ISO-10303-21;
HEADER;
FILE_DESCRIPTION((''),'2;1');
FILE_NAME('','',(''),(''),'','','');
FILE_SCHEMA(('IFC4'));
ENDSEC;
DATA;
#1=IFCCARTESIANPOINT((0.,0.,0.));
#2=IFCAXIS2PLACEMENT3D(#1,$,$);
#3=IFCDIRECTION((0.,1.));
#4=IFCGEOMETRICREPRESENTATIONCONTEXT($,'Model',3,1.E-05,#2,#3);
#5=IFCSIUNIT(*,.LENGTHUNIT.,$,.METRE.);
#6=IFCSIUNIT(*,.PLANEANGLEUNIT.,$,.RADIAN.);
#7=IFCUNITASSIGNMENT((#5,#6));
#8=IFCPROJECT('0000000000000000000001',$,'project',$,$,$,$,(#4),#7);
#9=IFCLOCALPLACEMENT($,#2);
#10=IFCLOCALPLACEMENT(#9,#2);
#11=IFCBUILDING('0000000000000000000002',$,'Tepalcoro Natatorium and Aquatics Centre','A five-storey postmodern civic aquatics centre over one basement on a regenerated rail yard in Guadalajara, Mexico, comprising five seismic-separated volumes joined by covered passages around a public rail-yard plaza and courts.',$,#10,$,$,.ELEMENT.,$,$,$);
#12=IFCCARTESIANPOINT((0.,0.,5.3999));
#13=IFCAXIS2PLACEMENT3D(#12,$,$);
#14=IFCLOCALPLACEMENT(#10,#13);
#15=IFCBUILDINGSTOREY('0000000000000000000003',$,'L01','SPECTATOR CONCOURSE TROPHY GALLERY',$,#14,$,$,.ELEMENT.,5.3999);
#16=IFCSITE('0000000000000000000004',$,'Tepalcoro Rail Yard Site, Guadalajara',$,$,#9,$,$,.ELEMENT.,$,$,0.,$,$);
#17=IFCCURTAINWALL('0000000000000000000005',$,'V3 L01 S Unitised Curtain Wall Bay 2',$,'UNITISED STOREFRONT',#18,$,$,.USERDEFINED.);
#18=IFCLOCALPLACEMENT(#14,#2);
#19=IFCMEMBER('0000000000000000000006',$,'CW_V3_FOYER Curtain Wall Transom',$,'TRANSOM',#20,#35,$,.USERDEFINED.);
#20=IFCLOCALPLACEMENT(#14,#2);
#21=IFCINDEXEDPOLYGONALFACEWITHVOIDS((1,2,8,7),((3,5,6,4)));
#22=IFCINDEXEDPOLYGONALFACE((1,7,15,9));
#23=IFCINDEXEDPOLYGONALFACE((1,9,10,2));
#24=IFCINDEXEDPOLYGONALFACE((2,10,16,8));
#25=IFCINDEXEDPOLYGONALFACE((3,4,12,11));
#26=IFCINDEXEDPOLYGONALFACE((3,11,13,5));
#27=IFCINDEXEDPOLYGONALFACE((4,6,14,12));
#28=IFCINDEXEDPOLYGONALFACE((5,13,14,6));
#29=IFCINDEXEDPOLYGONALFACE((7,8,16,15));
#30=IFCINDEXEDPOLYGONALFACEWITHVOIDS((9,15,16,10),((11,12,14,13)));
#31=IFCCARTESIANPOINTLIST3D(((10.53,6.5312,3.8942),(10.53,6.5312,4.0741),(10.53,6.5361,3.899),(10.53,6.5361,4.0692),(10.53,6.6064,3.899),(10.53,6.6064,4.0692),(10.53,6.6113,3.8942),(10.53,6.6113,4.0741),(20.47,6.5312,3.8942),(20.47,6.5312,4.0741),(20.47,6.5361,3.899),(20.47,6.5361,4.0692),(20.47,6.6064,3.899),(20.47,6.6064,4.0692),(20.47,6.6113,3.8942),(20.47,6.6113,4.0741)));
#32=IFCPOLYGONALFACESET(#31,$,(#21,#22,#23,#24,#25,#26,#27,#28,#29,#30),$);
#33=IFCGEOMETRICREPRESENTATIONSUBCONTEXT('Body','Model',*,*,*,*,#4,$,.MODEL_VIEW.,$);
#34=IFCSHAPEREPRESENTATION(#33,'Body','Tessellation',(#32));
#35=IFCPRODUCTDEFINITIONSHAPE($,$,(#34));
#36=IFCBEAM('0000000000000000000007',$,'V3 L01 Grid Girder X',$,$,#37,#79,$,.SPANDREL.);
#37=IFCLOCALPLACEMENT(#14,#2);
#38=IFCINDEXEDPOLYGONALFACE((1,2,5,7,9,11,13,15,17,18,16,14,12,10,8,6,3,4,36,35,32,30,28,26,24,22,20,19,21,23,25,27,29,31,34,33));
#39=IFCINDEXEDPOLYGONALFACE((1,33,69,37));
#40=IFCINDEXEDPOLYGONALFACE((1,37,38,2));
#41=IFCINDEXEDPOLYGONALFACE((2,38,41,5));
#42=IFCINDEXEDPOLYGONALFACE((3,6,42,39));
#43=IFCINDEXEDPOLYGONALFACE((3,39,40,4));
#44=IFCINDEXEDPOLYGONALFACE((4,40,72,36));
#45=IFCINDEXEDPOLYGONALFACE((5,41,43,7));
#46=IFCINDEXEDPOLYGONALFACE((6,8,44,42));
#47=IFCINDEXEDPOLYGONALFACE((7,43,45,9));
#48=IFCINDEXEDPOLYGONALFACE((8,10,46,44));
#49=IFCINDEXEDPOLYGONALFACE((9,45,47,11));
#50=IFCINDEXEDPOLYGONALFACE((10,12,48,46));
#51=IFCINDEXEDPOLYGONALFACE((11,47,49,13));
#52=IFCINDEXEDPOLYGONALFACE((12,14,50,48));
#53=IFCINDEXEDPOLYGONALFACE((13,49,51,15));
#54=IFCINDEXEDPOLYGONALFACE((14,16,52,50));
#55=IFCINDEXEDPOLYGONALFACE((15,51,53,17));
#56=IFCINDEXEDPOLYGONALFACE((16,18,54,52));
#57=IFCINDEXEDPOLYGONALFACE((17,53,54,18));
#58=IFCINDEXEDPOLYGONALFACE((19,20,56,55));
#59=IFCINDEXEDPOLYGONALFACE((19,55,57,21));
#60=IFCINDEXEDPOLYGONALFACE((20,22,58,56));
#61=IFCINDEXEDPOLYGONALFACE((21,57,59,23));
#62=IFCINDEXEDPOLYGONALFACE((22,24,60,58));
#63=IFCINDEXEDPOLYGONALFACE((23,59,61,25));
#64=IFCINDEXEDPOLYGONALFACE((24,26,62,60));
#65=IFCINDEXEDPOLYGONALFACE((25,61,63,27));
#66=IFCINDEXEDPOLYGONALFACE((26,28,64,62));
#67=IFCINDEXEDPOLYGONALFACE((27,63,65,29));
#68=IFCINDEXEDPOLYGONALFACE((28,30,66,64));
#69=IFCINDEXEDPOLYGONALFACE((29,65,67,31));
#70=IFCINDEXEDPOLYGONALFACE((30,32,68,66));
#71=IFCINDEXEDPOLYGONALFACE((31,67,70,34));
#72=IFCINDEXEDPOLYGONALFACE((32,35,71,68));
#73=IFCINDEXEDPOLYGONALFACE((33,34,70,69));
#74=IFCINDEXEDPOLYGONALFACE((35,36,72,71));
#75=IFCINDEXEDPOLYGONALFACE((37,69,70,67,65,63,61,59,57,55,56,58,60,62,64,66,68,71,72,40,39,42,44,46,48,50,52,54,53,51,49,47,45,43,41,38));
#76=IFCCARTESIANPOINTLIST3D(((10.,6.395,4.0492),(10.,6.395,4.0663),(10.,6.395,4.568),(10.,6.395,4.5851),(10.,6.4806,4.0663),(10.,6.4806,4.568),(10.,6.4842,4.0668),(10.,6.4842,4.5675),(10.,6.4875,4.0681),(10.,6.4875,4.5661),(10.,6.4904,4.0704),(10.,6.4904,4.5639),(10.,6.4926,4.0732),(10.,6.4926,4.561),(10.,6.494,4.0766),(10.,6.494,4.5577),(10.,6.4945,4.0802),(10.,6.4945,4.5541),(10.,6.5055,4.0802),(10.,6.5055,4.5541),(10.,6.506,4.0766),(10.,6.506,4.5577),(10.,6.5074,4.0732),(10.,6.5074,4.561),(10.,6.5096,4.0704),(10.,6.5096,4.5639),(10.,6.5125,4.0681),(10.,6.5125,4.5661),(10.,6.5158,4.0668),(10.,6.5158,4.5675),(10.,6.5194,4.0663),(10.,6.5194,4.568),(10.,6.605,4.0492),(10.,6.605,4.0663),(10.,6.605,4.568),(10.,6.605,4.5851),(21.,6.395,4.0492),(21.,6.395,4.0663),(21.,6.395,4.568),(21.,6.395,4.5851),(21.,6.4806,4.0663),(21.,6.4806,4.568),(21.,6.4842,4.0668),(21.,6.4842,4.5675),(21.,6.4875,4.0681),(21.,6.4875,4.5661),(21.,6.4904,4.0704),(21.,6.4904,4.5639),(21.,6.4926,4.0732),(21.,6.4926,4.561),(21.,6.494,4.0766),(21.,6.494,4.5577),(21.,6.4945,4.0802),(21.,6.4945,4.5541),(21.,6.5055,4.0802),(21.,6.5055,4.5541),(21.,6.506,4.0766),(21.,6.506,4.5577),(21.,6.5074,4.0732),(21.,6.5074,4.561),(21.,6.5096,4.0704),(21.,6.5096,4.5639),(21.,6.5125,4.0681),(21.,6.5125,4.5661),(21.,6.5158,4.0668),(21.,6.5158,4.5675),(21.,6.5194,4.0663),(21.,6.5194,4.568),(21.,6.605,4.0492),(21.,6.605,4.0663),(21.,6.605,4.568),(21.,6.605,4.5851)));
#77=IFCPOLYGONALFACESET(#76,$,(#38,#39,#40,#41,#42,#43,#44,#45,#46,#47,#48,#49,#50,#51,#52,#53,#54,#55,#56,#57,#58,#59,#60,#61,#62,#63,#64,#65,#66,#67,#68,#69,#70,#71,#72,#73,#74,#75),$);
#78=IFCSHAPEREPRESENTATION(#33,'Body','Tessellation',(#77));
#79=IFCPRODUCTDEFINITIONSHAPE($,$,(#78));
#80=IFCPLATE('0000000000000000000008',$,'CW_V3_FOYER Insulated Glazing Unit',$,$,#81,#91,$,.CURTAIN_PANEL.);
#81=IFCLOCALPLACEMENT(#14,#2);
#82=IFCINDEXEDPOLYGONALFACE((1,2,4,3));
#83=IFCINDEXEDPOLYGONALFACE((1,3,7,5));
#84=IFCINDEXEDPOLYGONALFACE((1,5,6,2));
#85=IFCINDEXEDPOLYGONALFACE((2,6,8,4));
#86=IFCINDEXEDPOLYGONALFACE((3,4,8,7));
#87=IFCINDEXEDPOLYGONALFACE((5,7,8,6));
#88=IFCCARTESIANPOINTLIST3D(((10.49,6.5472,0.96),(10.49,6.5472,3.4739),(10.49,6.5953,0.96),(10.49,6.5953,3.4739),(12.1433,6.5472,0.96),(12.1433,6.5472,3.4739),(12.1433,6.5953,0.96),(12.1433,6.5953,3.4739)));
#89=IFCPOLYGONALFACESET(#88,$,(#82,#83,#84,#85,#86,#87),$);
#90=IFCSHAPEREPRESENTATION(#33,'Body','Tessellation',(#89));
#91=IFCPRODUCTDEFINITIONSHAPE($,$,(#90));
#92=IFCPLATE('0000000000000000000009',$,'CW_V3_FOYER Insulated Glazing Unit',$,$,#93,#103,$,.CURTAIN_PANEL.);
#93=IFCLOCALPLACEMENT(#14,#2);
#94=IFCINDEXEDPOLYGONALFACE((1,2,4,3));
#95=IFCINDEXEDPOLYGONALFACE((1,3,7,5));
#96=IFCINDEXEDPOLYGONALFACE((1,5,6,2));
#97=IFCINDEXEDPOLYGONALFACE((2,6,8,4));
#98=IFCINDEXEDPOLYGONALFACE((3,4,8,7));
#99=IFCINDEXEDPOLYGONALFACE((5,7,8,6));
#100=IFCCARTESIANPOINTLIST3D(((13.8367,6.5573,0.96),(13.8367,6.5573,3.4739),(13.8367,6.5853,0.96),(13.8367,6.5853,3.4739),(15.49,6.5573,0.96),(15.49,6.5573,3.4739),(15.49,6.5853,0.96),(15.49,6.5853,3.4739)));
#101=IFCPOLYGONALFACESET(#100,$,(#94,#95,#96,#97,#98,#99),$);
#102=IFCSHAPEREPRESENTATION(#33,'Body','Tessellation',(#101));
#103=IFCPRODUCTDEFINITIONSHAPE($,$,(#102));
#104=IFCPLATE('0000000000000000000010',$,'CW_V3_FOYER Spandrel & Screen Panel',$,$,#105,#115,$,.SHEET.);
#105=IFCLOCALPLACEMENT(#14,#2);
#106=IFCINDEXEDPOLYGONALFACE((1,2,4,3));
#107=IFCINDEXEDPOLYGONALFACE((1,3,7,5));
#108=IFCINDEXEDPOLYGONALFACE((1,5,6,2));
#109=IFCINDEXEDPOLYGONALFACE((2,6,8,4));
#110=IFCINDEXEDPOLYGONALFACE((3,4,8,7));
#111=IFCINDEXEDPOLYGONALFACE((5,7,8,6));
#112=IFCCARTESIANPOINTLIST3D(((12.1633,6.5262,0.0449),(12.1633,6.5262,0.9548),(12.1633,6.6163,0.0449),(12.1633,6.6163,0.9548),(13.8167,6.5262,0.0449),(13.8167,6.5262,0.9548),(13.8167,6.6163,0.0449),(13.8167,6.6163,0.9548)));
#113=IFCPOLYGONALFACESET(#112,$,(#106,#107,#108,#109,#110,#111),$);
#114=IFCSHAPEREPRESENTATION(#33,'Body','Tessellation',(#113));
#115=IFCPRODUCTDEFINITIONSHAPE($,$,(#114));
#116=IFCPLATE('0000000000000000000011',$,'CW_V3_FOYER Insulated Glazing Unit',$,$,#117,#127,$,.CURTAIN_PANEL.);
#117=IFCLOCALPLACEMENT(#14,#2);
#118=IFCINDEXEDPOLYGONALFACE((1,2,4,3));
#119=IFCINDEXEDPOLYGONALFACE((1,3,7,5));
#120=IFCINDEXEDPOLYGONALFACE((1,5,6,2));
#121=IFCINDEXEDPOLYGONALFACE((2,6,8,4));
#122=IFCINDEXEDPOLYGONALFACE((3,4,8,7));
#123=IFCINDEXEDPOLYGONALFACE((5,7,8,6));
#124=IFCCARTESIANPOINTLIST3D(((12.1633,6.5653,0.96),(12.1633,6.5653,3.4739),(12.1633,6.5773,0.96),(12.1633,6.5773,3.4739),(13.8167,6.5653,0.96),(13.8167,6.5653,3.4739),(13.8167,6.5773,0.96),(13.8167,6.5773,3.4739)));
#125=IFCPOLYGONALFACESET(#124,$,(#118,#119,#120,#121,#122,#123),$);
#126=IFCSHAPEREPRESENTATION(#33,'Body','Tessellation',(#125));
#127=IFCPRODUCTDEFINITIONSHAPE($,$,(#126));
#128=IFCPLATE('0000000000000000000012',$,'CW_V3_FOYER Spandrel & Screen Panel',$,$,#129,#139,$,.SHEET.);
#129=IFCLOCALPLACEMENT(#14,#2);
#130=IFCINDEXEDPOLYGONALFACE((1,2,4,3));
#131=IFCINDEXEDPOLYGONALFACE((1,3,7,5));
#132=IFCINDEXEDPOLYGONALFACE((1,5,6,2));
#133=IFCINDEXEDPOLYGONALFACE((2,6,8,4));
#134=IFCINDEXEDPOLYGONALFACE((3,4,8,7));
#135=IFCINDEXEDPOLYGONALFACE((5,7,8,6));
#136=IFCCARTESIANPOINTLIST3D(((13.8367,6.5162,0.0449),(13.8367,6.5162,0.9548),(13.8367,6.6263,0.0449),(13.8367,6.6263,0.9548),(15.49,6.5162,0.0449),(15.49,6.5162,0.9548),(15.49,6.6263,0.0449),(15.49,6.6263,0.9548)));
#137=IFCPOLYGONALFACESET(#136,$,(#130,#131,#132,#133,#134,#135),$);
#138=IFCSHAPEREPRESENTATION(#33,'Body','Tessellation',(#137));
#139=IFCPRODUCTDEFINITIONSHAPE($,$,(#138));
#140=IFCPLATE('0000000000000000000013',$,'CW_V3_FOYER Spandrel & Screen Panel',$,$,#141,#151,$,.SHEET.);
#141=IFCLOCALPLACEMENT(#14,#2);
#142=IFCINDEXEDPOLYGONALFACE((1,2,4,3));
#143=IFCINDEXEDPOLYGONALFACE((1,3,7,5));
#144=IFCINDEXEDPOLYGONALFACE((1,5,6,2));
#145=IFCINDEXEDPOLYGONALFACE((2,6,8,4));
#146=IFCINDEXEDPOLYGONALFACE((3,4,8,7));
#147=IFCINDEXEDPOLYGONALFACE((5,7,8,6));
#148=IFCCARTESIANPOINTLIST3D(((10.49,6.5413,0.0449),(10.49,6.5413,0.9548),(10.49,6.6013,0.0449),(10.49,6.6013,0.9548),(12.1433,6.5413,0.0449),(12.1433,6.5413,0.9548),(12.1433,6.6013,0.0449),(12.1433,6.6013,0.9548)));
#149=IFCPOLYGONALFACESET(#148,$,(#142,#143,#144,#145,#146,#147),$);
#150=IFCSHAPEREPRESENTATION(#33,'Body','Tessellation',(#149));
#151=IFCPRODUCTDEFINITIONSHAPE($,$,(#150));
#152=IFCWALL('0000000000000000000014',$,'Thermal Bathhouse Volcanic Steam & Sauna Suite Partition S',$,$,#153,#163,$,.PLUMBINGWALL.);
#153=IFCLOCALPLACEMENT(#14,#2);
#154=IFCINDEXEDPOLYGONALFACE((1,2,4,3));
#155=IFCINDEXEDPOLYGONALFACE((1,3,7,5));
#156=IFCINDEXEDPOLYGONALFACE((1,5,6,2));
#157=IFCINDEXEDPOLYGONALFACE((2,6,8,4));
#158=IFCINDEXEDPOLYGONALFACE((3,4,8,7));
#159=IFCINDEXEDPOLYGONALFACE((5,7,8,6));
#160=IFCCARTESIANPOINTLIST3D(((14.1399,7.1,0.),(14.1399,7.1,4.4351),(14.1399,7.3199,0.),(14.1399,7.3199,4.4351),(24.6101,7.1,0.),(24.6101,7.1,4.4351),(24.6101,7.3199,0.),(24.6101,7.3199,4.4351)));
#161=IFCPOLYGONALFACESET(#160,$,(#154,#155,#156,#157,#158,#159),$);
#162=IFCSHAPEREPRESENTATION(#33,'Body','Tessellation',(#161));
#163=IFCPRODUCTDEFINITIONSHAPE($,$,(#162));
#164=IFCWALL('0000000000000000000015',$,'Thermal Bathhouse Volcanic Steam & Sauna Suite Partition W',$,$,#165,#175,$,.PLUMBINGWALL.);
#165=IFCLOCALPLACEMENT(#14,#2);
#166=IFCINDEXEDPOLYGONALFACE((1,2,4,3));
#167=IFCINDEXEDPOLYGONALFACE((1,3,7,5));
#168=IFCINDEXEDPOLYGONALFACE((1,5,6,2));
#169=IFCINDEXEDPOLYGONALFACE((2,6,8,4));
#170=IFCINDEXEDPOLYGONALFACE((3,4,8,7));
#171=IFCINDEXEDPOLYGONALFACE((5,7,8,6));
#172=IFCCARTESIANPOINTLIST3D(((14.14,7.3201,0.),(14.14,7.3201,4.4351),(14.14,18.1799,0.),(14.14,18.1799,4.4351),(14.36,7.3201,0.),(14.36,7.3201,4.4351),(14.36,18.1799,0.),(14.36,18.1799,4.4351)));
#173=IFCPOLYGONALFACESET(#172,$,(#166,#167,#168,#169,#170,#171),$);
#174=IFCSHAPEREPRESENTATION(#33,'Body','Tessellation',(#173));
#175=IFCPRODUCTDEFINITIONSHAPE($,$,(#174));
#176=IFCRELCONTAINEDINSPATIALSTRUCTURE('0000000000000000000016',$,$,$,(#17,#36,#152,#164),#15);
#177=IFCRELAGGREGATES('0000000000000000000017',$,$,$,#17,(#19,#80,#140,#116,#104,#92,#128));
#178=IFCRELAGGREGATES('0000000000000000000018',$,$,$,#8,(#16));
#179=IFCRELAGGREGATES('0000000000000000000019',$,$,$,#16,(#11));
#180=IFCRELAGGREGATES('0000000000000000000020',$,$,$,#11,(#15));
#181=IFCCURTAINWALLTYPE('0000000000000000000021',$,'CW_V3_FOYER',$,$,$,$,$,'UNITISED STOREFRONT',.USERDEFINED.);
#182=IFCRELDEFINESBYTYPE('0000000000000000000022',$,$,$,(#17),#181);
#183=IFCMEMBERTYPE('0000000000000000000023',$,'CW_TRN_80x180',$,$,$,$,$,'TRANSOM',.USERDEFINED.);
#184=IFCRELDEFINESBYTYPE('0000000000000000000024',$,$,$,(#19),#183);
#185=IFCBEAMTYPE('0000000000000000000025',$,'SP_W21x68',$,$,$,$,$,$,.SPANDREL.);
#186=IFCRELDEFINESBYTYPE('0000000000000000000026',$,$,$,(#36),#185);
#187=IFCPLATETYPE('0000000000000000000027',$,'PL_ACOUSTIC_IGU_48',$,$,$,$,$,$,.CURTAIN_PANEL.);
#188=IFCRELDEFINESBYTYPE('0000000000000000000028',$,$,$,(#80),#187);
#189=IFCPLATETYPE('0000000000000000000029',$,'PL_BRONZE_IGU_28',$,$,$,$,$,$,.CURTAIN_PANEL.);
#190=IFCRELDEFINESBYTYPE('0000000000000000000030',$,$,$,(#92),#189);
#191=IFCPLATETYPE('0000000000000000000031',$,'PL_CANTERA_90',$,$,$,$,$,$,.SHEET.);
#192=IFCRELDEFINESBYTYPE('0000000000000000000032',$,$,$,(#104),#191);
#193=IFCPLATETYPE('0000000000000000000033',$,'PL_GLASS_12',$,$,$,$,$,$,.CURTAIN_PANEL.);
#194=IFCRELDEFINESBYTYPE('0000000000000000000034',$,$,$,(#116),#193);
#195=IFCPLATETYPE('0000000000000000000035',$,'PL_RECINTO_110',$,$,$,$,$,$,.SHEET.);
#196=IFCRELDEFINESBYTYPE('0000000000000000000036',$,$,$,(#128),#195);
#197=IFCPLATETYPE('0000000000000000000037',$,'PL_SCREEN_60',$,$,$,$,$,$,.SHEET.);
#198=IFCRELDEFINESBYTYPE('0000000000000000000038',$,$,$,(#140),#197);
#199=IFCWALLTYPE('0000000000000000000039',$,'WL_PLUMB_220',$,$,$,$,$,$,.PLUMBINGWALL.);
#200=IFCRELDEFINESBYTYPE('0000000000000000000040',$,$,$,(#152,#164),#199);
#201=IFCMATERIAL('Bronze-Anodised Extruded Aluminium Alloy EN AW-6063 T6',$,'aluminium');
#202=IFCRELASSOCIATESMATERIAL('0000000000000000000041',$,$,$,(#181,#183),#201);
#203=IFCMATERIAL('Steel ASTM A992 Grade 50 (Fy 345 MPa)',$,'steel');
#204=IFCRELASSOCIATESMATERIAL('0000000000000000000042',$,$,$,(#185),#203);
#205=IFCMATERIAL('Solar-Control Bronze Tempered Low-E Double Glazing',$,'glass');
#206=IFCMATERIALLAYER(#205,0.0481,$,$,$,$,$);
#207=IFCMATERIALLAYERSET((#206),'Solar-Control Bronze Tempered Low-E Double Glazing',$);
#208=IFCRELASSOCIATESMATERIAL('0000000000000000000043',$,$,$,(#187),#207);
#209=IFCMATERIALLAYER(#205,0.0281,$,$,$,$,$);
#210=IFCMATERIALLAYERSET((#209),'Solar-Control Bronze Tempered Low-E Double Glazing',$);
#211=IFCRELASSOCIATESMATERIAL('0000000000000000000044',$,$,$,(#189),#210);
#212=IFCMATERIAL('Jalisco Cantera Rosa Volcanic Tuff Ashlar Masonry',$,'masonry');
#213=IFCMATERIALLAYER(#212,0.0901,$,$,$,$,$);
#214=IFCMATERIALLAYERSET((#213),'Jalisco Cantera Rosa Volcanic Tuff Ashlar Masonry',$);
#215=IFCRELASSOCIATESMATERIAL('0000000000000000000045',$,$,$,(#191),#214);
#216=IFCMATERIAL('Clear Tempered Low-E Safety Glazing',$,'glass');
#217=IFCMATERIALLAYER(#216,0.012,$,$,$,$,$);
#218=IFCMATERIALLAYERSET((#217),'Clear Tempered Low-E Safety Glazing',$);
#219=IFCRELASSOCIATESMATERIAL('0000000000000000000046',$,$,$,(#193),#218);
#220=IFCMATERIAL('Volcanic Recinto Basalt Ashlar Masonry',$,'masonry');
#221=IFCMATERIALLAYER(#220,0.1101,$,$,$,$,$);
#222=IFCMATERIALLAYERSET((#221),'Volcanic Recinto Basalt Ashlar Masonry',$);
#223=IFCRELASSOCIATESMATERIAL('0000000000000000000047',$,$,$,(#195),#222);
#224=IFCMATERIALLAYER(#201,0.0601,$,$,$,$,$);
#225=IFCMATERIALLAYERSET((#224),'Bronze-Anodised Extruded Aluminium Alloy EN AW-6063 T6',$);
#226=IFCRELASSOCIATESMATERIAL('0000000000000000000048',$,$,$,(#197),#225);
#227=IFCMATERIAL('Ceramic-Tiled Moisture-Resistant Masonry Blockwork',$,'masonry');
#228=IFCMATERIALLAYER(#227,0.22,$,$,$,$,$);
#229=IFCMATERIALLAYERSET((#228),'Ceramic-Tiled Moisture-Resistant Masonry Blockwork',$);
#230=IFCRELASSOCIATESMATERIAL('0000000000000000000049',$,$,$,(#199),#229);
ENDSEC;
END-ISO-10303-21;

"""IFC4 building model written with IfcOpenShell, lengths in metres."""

from ifc_helpers import new_model, si_unit, direction, frame, frame_2d, origin, origin_2d, place, context, subcontext, project, spatial, rectangle, hollow_rectangle, i_section, extrude, material, layer, layer_set, material_profile, profile_set, type_object, element, aggregate, save


model = new_model("IFC4")

# Units and contexts
model_context = context("Model", 3, precision=1e-05, world=origin(), true_north=direction((0.0, 1.0)))
body_context = subcontext(model_context, "Body", "Model", "MODEL_VIEW")
ifc_project = project(units=[si_unit("LENGTHUNIT", "METRE"), si_unit("PLANEANGLEUNIT", "RADIAN")], contexts=[model_context])

# Site, building, storey
site_placement = place(None, origin())
site = spatial("IfcSite", under=ifc_project, at=site_placement, Name="Tepalcoro Rail Yard Site, Guadalajara", CompositionType="ELEMENT", RefElevation=0.0)
building_placement = place(site_placement, origin())
building = spatial("IfcBuilding", under=site, at=building_placement, Name="Tepalcoro Natatorium and Aquatics Centre", Description="A five-storey postmodern civic aquatics centre over one basement on a regenerated rail yard in Guadalajara, Mexico, comprising five seismic-separated volumes joined by covered passages around a public rail-yard plaza and courts.", CompositionType="ELEMENT")
storey_placement = place(building_placement, frame((0.0, 0.0, 5.3999)))
storey = spatial("IfcBuildingStorey", under=building, at=storey_placement, Name="L01", Description="SPECTATOR CONCOURSE TROPHY GALLERY", CompositionType="ELEMENT", Elevation=5.3999)

# Shared definitions
ifc_material_1 = material(Name="Steel ASTM A992 Grade 50 (Fy 345 MPa)", Category="steel")

# Curtain wall, member
ifc_material_2 = material(Name="Bronze-Anodised Extruded Aluminium Alloy EN AW-6063 T6", Category="aluminium")
curtain_wall_type = type_object("IfcCurtainWallType", Name="CW_V3_FOYER", ElementType="UNITISED STOREFRONT", PredefinedType="USERDEFINED", material=ifc_material_2)
curtain_wall_placement = place(storey_placement, origin())
curtain_wall = element("IfcCurtainWall", 1, at=curtain_wall_placement, inside=storey, type_object=curtain_wall_type, Name="V3 L01 S Unitised Curtain Wall Bay 2", ObjectType="UNITISED STOREFRONT", PredefinedType="USERDEFINED")
ifc_material_profile_1 = material_profile(ifc_material_2, hollow_rectangle(XDim=0.0801, YDim=0.1799, WallThickness=0.0049, at=origin_2d()), Name="AL80X180X5")
ifc_profile_set_1 = profile_set([ifc_material_profile_1], Name="Bronze-Anodised Extruded Aluminium Alloy EN AW-6063 T6")
member_type_1 = type_object("IfcMemberType", Name="CW_TRN_80x180", ElementType="TRANSOM", PredefinedType="USERDEFINED", material=ifc_profile_set_1)
member_1_placement = place(storey_placement, frame((10.53, 6.5713, 3.9841), z_axis=(1.0, 0.0, 0.0), x_axis=(0.0, 1.0, 0.0)))
member_1 = element("IfcMember", 2, at=member_1_placement, type_object=member_type_1, Name="CW_V3_FOYER Curtain Wall Transom", ObjectType="TRANSOM", PredefinedType="USERDEFINED", context=body_context, shape_type="SweptSolid", body=[
    extrude(hollow_rectangle(XDim=0.0801, YDim=0.1799, WallThickness=0.0049, at=origin_2d()), origin(), (0.0, 0.0, 1.0), 9.9399),
])

# Beam
ifc_material_profile_2 = material_profile(ifc_material_1, i_section(OverallWidth=0.21, OverallDepth=0.5359, WebThickness=0.011, FlangeThickness=0.0171, FilletRadius=0.0139, at=origin_2d()), Name="W21X68")
ifc_profile_set_2 = profile_set([ifc_material_profile_2], Name="Steel ASTM A992 Grade 50 (Fy 345 MPa)")
beam_type = type_object("IfcBeamType", Name="SP_W21x68", PredefinedType="SPANDREL", material=ifc_profile_set_2)
beam_placement = place(storey_placement, frame((10.0, 6.5, 4.3171), z_axis=(1.0, 0.0, 0.0), x_axis=(0.0, 1.0, 0.0)))
element("IfcBeam", 3, at=beam_placement, inside=storey, type_object=beam_type, Name="V3 L01 Grid Girder X", PredefinedType="SPANDREL", context=body_context, shape_type="SweptSolid", body=[
    extrude(i_section(OverallWidth=0.21, OverallDepth=0.5359, WebThickness=0.011, FlangeThickness=0.0171, FilletRadius=0.0139, at=origin_2d()), origin(), (0.0, 0.0, 1.0), 11.0),
])

# Plates
ifc_material_3 = material(Name="Solar-Control Bronze Tempered Low-E Double Glazing", Category="glass")
ifc_layer_1 = layer(ifc_material_3, 0.0481)
ifc_layer_set_1 = layer_set([ifc_layer_1], Name="Solar-Control Bronze Tempered Low-E Double Glazing")
plate_type_1 = type_object("IfcPlateType", Name="PL_ACOUSTIC_IGU_48", PredefinedType="CURTAIN_PANEL", material=ifc_layer_set_1)
plate_1_placement = place(storey_placement, frame((11.3167, 6.5713, 0.96), z_axis=(0.0, 0.0, 1.0), x_axis=(1.0, 0.0, 0.0)))
plate_1 = element("IfcPlate", 4, at=plate_1_placement, type_object=plate_type_1, Name="CW_V3_FOYER Insulated Glazing Unit", PredefinedType="CURTAIN_PANEL", context=body_context, shape_type="SweptSolid", body=[
    extrude(rectangle(XDim=1.6533, YDim=0.0481, at=origin_2d()), origin(), (0.0, 0.0, 1.0), 2.5139),
])
ifc_layer_2 = layer(ifc_material_3, 0.0281)
ifc_layer_set_2 = layer_set([ifc_layer_2], Name="Solar-Control Bronze Tempered Low-E Double Glazing")
plate_type_2 = type_object("IfcPlateType", Name="PL_BRONZE_IGU_28", PredefinedType="CURTAIN_PANEL", material=ifc_layer_set_2)
plate_2_placement = place(storey_placement, frame((14.6633, 6.5713, 0.96), z_axis=(0.0, 0.0, 1.0), x_axis=(1.0, 0.0, 0.0)))
plate_2 = element("IfcPlate", 5, at=plate_2_placement, type_object=plate_type_2, Name="CW_V3_FOYER Insulated Glazing Unit", PredefinedType="CURTAIN_PANEL", context=body_context, shape_type="SweptSolid", body=[
    extrude(rectangle(XDim=1.6533, YDim=0.0281, at=origin_2d()), origin(), (0.0, 0.0, 1.0), 2.5139),
])
ifc_material_4 = material(Name="Jalisco Cantera Rosa Volcanic Tuff Ashlar Masonry", Category="masonry")
ifc_layer_3 = layer(ifc_material_4, 0.0901)
ifc_layer_set_3 = layer_set([ifc_layer_3], Name="Jalisco Cantera Rosa Volcanic Tuff Ashlar Masonry")
plate_type_3 = type_object("IfcPlateType", Name="PL_CANTERA_90", PredefinedType="SHEET", material=ifc_layer_set_3)
plate_3_placement = place(storey_placement, frame((12.99, 6.5713, 0.0449), z_axis=(0.0, 0.0, 1.0), x_axis=(1.0, 0.0, 0.0)))
plate_3 = element("IfcPlate", 6, at=plate_3_placement, type_object=plate_type_3, Name="CW_V3_FOYER Spandrel & Screen Panel", PredefinedType="SHEET", context=body_context, shape_type="SweptSolid", body=[
    extrude(rectangle(XDim=1.6533, YDim=0.0901, at=origin_2d()), origin(), (0.0, 0.0, 1.0), 0.9099),
])
ifc_material_5 = material(Name="Clear Tempered Low-E Safety Glazing", Category="glass")
ifc_layer_4 = layer(ifc_material_5, 0.012)
ifc_layer_set_4 = layer_set([ifc_layer_4], Name="Clear Tempered Low-E Safety Glazing")
plate_type_4 = type_object("IfcPlateType", Name="PL_GLASS_12", PredefinedType="CURTAIN_PANEL", material=ifc_layer_set_4)
plate_4_placement = place(storey_placement, frame((12.99, 6.5713, 0.96), z_axis=(0.0, 0.0, 1.0), x_axis=(1.0, 0.0, 0.0)))
plate_4 = element("IfcPlate", 7, at=plate_4_placement, type_object=plate_type_4, Name="CW_V3_FOYER Insulated Glazing Unit", PredefinedType="CURTAIN_PANEL", context=body_context, shape_type="SweptSolid", body=[
    extrude(rectangle(XDim=1.6533, YDim=0.012, at=origin_2d()), origin(), (0.0, 0.0, 1.0), 2.5139),
])
ifc_material_6 = material(Name="Volcanic Recinto Basalt Ashlar Masonry", Category="masonry")
ifc_layer_5 = layer(ifc_material_6, 0.1101)
ifc_layer_set_5 = layer_set([ifc_layer_5], Name="Volcanic Recinto Basalt Ashlar Masonry")
plate_type_5 = type_object("IfcPlateType", Name="PL_RECINTO_110", PredefinedType="SHEET", material=ifc_layer_set_5)
plate_5_placement = place(storey_placement, frame((14.6633, 6.5713, 0.0449), z_axis=(0.0, 0.0, 1.0), x_axis=(1.0, 0.0, 0.0)))
plate_5 = element("IfcPlate", 8, at=plate_5_placement, type_object=plate_type_5, Name="CW_V3_FOYER Spandrel & Screen Panel", PredefinedType="SHEET", context=body_context, shape_type="SweptSolid", body=[
    extrude(rectangle(XDim=1.6533, YDim=0.1101, at=origin_2d()), origin(), (0.0, 0.0, 1.0), 0.9099),
])
ifc_layer_6 = layer(ifc_material_2, 0.0601)
ifc_layer_set_6 = layer_set([ifc_layer_6], Name="Bronze-Anodised Extruded Aluminium Alloy EN AW-6063 T6")
plate_type_6 = type_object("IfcPlateType", Name="PL_SCREEN_60", PredefinedType="SHEET", material=ifc_layer_set_6)
plate_6_placement = place(storey_placement, frame((11.3167, 6.5713, 0.0449), z_axis=(0.0, 0.0, 1.0), x_axis=(1.0, 0.0, 0.0)))
plate_6 = element("IfcPlate", 9, at=plate_6_placement, type_object=plate_type_6, Name="CW_V3_FOYER Spandrel & Screen Panel", PredefinedType="SHEET", context=body_context, shape_type="SweptSolid", body=[
    extrude(rectangle(XDim=1.6533, YDim=0.0601, at=origin_2d()), origin(), (0.0, 0.0, 1.0), 0.9099),
])
aggregate(curtain_wall, [member_1, plate_1, plate_6, plate_4, plate_3, plate_2, plate_5])

# Walls
ifc_material_7 = material(Name="Ceramic-Tiled Moisture-Resistant Masonry Blockwork", Category="masonry")
ifc_layer_7 = layer(ifc_material_7, 0.22)
ifc_layer_set_7 = layer_set([ifc_layer_7], Name="Ceramic-Tiled Moisture-Resistant Masonry Blockwork")
wall_type_1 = type_object("IfcWallType", Name="WL_PLUMB_220", PredefinedType="PLUMBINGWALL", material=ifc_layer_set_7)
wall_1_placement = place(storey_placement, frame((14.1399, 7.21, 0.0), z_axis=(0.0, 0.0, 1.0), x_axis=(1.0, 0.0, 0.0)))
element("IfcWall", 10, at=wall_1_placement, inside=storey, type_object=wall_type_1, Name="Thermal Bathhouse Volcanic Steam & Sauna Suite Partition S", PredefinedType="PLUMBINGWALL", context=body_context, shape_type="SweptSolid", body=[
    extrude(rectangle(XDim=10.4702, YDim=0.22, at=frame_2d((5.2351, 0.0))), origin(), (0.0, 0.0, 1.0), 4.4351),
])
wall_2_placement = place(storey_placement, frame((14.25, 7.3201, 0.0), z_axis=(0.0, 0.0, 1.0), x_axis=(0.0, 1.0, 0.0)))
element("IfcWall", 11, at=wall_2_placement, inside=storey, type_object=wall_type_1, Name="Thermal Bathhouse Volcanic Steam & Sauna Suite Partition W", PredefinedType="PLUMBINGWALL", context=body_context, shape_type="SweptSolid", body=[
    extrude(rectangle(XDim=10.8599, YDim=0.22, at=frame_2d((5.4299, 0.0))), origin(), (0.0, 0.0, 1.0), 4.4351),
])

save(model, "model.ifc")
